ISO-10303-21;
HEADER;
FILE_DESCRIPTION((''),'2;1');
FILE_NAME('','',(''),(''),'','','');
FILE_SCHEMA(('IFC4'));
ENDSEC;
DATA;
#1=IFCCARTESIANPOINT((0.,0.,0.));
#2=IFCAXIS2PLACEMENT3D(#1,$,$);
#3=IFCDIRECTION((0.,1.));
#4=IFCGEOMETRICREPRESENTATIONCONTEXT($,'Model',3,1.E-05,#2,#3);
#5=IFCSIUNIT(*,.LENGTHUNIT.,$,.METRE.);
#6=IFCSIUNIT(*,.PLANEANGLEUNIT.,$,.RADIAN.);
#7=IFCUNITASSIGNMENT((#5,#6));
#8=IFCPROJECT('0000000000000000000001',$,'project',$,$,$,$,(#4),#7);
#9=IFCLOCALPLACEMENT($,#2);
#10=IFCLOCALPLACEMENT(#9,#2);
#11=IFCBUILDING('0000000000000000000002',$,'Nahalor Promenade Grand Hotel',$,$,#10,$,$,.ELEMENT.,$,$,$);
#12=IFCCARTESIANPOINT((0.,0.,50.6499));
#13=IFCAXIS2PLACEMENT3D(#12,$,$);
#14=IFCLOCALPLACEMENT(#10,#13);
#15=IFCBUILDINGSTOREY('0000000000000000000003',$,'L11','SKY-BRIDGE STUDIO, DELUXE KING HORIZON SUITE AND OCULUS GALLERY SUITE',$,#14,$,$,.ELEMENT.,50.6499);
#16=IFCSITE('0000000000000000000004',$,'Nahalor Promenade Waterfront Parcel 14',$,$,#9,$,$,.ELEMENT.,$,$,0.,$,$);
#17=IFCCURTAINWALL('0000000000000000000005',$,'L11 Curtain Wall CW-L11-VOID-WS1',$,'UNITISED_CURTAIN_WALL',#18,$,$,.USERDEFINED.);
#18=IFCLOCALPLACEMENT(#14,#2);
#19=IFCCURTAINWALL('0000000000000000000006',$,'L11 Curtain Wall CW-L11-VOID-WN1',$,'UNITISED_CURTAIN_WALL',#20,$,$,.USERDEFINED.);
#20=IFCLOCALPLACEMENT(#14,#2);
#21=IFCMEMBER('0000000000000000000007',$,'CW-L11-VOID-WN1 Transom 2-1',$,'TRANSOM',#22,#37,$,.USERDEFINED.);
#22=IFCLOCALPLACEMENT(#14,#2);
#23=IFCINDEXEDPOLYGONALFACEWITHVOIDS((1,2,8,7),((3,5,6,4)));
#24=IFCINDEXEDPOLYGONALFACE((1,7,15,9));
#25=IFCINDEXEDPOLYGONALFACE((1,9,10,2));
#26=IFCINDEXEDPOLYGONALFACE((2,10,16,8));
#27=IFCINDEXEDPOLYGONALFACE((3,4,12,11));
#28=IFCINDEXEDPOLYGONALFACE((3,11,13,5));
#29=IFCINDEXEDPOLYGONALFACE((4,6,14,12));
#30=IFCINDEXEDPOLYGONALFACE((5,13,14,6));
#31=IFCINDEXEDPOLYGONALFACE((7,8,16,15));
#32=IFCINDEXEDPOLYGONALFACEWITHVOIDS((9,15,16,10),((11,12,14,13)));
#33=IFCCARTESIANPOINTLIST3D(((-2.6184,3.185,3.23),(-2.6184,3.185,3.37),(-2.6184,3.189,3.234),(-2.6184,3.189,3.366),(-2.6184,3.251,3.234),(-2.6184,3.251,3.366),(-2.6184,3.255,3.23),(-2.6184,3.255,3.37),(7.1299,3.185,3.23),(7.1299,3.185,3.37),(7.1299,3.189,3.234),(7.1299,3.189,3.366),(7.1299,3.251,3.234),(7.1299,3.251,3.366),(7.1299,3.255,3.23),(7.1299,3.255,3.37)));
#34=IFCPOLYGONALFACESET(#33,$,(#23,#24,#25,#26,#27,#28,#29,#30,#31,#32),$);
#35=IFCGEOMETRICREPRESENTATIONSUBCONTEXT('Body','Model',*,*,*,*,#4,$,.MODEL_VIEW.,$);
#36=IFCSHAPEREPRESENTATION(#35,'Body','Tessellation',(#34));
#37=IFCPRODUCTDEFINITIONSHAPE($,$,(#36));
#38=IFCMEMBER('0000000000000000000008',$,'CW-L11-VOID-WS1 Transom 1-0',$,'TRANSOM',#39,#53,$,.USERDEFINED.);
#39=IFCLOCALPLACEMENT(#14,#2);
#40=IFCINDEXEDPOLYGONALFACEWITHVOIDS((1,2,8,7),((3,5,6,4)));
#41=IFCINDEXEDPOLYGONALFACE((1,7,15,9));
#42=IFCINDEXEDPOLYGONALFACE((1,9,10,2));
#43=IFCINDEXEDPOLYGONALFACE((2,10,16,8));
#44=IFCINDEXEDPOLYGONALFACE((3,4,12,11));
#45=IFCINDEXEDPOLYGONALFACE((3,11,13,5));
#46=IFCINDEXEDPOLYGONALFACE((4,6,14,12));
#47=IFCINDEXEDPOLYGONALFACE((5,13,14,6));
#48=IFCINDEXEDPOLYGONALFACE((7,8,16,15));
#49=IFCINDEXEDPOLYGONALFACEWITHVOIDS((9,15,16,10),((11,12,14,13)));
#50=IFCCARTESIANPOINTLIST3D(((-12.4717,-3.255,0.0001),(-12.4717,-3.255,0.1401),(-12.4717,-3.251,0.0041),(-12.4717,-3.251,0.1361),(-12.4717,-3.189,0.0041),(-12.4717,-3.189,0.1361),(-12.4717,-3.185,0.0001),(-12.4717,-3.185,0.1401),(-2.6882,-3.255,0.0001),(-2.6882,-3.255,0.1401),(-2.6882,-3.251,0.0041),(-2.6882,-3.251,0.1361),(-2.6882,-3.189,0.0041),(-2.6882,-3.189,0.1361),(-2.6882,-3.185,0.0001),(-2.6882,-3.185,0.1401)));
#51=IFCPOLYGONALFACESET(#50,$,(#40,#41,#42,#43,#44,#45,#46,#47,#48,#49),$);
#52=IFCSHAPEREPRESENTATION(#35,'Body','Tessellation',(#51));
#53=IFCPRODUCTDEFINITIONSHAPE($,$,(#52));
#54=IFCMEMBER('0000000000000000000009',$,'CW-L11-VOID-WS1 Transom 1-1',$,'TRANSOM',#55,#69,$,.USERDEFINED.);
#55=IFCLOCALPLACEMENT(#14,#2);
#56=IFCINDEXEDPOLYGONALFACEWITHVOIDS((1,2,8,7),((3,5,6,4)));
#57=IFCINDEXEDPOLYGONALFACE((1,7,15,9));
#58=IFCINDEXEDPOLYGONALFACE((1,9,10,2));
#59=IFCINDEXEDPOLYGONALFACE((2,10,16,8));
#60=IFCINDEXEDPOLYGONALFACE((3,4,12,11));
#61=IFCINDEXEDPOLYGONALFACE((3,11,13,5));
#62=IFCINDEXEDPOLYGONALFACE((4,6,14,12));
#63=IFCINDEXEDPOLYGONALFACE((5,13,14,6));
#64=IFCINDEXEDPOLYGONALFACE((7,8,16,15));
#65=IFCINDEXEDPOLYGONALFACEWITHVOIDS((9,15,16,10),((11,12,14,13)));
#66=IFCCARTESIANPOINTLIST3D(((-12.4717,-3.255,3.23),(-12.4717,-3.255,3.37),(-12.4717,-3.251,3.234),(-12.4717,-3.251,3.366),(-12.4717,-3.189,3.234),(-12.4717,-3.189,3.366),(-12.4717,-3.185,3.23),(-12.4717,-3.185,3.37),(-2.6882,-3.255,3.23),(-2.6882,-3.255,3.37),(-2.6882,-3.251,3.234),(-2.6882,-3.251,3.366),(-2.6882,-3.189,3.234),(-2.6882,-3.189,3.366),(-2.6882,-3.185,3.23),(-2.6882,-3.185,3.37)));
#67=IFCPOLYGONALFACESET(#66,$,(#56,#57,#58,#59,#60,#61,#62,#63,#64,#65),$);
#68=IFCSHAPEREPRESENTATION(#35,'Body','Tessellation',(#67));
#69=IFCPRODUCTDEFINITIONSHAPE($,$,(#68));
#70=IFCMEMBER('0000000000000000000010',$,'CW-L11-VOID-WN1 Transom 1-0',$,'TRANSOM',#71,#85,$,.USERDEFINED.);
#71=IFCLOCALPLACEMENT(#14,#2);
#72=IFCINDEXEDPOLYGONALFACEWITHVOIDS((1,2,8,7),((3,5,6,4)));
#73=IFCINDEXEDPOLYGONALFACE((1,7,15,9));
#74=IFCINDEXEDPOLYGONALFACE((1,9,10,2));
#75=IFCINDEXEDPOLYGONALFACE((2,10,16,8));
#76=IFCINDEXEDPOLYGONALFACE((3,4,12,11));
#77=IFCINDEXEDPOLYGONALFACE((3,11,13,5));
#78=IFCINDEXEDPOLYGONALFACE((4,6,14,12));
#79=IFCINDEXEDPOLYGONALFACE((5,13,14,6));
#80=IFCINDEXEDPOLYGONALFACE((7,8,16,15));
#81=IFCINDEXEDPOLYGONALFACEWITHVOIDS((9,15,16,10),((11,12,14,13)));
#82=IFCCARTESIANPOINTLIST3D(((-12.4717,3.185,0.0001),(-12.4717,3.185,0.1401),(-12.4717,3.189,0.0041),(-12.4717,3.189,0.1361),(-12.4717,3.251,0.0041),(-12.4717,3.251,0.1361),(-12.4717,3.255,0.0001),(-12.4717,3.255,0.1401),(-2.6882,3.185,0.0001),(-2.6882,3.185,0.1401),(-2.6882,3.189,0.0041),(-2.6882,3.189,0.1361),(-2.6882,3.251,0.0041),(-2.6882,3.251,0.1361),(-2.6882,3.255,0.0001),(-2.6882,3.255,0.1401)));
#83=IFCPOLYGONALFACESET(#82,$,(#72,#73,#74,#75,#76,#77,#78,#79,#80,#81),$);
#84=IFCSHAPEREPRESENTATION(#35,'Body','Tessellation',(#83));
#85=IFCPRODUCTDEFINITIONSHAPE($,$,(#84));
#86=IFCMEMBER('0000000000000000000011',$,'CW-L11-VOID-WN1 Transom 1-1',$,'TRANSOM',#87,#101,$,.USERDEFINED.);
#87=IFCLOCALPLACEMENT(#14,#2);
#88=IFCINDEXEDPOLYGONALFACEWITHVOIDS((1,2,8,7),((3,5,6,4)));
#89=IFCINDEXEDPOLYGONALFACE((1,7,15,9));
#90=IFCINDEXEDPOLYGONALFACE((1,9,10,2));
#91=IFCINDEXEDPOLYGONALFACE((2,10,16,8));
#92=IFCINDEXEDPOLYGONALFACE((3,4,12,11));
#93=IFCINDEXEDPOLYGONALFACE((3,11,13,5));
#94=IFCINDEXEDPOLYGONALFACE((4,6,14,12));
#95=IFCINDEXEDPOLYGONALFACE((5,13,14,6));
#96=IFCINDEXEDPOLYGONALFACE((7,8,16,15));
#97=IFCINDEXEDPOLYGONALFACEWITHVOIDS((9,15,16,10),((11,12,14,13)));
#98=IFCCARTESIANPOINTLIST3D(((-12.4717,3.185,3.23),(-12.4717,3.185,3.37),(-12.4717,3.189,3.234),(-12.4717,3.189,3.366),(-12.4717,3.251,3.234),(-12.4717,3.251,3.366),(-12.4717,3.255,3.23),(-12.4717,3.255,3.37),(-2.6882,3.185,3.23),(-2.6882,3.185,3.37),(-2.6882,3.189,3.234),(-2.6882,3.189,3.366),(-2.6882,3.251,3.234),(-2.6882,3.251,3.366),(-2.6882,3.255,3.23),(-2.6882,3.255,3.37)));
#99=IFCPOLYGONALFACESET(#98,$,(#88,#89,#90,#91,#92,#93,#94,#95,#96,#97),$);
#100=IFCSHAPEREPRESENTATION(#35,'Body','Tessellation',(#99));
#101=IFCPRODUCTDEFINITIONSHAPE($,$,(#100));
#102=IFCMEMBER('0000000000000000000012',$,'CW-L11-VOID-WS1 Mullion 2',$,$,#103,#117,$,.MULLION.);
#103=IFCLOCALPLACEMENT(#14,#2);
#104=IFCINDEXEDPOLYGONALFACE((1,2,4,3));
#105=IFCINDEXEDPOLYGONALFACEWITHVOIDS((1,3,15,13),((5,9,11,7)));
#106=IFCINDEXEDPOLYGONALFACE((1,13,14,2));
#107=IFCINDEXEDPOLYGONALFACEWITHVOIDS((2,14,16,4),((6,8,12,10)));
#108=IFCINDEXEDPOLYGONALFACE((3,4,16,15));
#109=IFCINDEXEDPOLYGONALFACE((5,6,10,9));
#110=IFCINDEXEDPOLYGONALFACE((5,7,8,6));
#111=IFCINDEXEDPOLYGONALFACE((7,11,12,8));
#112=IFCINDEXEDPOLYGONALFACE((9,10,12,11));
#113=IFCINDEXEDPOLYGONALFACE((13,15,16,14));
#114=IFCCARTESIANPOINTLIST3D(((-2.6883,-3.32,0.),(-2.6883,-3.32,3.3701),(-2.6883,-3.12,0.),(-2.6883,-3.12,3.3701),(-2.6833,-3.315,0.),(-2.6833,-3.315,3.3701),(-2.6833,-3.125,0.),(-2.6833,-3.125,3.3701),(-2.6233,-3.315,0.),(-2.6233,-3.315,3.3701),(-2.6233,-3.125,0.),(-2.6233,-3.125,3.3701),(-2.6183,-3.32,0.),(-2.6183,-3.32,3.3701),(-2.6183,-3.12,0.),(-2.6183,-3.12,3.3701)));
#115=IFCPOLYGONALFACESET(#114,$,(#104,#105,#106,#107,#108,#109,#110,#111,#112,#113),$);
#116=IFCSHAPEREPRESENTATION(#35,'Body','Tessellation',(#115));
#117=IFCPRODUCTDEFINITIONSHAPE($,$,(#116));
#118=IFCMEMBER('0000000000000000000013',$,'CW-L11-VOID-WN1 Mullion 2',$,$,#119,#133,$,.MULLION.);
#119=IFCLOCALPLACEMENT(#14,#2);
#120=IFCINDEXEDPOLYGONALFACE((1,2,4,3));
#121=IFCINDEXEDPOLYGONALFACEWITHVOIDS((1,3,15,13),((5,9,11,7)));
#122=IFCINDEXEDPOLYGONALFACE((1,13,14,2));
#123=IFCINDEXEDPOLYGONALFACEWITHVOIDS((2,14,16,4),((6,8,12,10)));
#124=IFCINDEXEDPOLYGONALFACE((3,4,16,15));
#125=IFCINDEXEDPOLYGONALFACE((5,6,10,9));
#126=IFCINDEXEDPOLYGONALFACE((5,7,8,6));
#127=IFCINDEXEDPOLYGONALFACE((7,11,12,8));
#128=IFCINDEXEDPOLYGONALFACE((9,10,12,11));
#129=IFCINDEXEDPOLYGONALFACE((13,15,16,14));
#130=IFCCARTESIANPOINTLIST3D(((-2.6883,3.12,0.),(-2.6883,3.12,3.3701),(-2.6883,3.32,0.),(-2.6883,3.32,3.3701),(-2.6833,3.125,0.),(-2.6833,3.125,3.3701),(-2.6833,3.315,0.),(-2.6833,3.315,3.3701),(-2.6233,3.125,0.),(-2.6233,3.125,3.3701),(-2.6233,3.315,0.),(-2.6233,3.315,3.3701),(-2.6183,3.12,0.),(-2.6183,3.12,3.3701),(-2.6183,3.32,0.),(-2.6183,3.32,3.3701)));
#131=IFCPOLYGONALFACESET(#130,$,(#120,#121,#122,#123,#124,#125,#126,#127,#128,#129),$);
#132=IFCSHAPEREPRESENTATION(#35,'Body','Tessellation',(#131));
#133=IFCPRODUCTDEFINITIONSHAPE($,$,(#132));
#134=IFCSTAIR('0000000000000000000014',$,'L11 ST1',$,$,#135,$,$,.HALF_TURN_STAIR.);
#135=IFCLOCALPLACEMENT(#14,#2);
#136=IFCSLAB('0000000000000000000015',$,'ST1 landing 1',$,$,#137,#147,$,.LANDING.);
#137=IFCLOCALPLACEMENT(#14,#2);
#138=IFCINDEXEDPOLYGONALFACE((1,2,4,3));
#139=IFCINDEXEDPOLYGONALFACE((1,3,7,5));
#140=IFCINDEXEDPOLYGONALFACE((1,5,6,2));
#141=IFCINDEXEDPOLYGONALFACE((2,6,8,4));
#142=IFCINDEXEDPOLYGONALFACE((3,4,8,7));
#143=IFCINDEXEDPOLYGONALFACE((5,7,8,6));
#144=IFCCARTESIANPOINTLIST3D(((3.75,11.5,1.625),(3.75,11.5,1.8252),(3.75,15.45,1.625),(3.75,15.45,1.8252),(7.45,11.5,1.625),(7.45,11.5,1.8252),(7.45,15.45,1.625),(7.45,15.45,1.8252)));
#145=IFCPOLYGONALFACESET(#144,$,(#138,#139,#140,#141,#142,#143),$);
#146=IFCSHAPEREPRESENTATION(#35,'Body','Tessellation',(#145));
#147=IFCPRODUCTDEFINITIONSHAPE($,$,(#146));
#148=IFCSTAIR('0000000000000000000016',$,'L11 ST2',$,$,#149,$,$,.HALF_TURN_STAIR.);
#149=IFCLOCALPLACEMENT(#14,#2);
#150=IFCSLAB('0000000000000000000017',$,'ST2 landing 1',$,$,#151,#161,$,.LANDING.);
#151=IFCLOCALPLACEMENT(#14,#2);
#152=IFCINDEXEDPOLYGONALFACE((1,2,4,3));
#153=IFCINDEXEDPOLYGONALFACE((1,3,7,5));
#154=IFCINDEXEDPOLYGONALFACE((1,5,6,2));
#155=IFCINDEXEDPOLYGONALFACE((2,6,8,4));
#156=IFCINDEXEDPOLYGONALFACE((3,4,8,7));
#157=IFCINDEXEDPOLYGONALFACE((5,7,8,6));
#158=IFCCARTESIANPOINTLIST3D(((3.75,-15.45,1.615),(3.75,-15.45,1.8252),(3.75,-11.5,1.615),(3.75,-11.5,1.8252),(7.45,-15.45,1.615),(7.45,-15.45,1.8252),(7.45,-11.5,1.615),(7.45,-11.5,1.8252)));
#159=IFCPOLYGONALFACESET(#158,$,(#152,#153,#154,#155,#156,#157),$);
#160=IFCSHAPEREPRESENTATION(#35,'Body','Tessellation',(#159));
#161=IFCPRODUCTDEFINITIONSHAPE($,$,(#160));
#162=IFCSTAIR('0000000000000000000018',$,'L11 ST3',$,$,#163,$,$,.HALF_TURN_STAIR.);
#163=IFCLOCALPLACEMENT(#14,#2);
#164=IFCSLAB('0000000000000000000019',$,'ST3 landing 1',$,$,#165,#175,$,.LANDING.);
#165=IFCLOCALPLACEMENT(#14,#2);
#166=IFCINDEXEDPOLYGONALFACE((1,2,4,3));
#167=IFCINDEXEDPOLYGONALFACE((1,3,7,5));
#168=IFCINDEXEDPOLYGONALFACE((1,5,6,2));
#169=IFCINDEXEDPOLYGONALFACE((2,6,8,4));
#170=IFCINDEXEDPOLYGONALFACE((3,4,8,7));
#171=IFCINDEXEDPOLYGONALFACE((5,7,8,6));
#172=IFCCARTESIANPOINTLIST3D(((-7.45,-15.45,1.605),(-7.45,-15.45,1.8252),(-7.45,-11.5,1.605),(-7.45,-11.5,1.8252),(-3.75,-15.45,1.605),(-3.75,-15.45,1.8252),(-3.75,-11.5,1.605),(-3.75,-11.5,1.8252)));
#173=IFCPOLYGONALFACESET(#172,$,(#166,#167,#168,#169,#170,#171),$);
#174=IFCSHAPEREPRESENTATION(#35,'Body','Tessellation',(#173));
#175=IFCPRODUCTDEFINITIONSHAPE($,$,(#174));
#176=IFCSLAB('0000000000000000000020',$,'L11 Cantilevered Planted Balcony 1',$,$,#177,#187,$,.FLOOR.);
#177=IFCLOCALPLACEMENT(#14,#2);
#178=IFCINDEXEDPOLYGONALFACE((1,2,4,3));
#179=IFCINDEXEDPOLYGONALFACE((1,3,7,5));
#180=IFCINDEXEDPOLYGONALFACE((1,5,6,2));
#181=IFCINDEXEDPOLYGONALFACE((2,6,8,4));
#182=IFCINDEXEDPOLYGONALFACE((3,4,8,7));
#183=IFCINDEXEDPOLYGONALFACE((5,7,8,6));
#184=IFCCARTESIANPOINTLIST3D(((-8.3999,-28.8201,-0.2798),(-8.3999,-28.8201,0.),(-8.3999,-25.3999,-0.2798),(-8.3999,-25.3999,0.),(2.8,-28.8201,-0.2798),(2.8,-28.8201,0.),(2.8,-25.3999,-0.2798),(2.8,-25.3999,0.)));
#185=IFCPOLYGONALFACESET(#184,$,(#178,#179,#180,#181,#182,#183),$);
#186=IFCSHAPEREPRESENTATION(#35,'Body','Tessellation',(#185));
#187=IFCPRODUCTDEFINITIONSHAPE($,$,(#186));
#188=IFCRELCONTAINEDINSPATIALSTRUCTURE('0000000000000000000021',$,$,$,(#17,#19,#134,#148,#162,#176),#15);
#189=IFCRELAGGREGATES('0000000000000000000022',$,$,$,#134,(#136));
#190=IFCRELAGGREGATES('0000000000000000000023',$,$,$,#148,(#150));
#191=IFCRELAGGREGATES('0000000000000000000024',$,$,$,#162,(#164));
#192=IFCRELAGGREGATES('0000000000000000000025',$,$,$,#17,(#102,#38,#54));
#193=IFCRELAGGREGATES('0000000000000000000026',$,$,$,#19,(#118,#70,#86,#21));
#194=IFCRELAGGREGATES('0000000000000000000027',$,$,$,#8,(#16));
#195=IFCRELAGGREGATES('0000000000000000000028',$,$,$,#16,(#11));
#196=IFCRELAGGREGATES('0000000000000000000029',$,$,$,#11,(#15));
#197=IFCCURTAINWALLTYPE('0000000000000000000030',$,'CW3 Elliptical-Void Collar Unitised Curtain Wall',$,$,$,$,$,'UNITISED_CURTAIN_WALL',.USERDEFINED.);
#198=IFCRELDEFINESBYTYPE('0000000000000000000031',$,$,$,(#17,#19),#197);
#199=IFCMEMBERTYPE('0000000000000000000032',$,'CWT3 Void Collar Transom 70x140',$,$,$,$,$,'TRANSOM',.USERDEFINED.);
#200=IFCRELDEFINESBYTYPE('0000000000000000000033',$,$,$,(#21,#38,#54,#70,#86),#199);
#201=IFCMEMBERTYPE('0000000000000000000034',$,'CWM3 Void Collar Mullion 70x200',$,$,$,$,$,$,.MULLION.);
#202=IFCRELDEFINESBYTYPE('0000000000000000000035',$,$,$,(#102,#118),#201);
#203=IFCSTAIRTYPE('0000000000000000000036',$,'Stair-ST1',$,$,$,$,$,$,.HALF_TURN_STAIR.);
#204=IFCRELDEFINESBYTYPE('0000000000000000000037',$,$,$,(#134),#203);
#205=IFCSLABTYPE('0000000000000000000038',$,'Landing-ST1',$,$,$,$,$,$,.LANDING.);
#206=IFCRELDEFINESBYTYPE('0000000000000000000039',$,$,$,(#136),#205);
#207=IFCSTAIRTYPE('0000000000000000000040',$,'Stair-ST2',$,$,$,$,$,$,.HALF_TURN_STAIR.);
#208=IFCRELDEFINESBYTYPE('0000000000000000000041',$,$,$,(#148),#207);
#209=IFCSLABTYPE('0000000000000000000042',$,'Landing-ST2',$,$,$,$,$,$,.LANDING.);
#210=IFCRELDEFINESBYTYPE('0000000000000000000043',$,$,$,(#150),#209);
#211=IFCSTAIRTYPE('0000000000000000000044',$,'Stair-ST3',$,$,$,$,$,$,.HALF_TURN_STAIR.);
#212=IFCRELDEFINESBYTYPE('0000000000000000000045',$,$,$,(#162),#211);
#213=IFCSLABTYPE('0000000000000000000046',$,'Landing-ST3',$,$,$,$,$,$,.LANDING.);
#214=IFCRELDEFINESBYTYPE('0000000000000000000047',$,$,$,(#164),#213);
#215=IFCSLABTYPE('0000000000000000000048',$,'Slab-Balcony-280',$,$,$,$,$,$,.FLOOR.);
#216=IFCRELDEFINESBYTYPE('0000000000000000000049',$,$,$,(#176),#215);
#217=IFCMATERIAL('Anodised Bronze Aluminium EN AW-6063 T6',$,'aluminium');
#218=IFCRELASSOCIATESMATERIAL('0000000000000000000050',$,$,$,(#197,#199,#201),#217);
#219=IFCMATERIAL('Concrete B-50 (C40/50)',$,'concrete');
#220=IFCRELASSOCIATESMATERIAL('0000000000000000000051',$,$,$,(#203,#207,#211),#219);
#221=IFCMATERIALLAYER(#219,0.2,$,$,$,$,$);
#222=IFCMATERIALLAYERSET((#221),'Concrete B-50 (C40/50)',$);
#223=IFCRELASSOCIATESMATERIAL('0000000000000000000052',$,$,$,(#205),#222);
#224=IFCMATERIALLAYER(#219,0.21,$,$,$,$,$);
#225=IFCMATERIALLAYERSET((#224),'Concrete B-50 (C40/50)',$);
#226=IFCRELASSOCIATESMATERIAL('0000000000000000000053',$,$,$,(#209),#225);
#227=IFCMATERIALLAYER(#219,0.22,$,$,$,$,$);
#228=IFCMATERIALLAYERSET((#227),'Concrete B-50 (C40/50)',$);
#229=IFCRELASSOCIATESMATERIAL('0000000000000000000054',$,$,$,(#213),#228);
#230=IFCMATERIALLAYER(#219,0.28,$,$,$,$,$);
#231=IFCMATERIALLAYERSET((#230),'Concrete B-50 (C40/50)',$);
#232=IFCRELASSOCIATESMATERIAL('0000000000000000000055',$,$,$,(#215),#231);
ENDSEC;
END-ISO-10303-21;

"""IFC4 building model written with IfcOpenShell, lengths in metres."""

from ifc_helpers import new_model, si_unit, direction, frame, origin, origin_2d, place, context, subcontext, project, spatial, polyline, hollow_rectangle, outline, extrude, source, transform, mapped, material, layer, layer_set, material_profile, profile_set, type_object, element, aggregate, save


model = new_model("IFC4")

# Units and contexts
model_context = context("Model", 3, precision=1e-05, world=origin(), true_north=direction((0.0, 1.0)))
body_context = subcontext(model_context, "Body", "Model", "MODEL_VIEW")
ifc_project = project(units=[si_unit("LENGTHUNIT", "METRE"), si_unit("PLANEANGLEUNIT", "RADIAN")], contexts=[model_context])

# Site, building, storey
site_placement = place(None, origin())
site = spatial("IfcSite", under=ifc_project, at=site_placement, Name="Nahalor Promenade Waterfront Parcel 14", CompositionType="ELEMENT", RefElevation=0.0)
building_placement = place(site_placement, origin())
building = spatial("IfcBuilding", under=site, at=building_placement, Name="Nahalor Promenade Grand Hotel", CompositionType="ELEMENT")
storey_placement = place(building_placement, frame((0.0, 0.0, 50.6499)))
storey = spatial("IfcBuildingStorey", under=building, at=storey_placement, Name="L11", Description="SKY-BRIDGE STUDIO, DELUXE KING HORIZON SUITE AND OCULUS GALLERY SUITE", CompositionType="ELEMENT", Elevation=50.6499)

# Curtain walls, member
ifc_material_1 = material(Name="Anodised Bronze Aluminium EN AW-6063 T6", Category="aluminium")
curtain_wall_type = type_object("IfcCurtainWallType", Name="CW3 Elliptical-Void Collar Unitised Curtain Wall", ElementType="UNITISED_CURTAIN_WALL", PredefinedType="USERDEFINED", material=ifc_material_1)
curtain_wall_1_placement = place(storey_placement, origin())
curtain_wall_1 = element("IfcCurtainWall", 1, at=curtain_wall_1_placement, inside=storey, type_object=curtain_wall_type, Name="L11 Curtain Wall CW-L11-VOID-WS1", ObjectType="UNITISED_CURTAIN_WALL", PredefinedType="USERDEFINED")
ifc_material_profile_1 = material_profile(ifc_material_1, hollow_rectangle(XDim=0.07, YDim=0.14, WallThickness=0.004, at=origin_2d()), Name="CWT 70x140x4")
ifc_profile_set_1 = profile_set([ifc_material_profile_1], Name="Anodised Bronze Aluminium EN AW-6063 T6")
member_type_1 = type_object("IfcMemberType", Name="CWT3 Void Collar Transom 70x140", ElementType="TRANSOM", PredefinedType="USERDEFINED", material=ifc_profile_set_1)
shared_shape_1 = source(origin(), body_context, "Body", "SweptSolid", [
    extrude(hollow_rectangle(XDim=0.07, YDim=0.14, WallThickness=0.004, at=origin_2d()), origin(), (0.0, 0.0, 1.0), 9.7483),
])
curtain_wall_2_placement = place(storey_placement, origin())
curtain_wall_2 = element("IfcCurtainWall", 2, at=curtain_wall_2_placement, inside=storey, type_object=curtain_wall_type, Name="L11 Curtain Wall CW-L11-VOID-WN1", ObjectType="UNITISED_CURTAIN_WALL", PredefinedType="USERDEFINED")
member_1_placement = place(storey_placement, frame((-2.6184, 3.22, 3.3), z_axis=(1.0, 0.0, 0.0), x_axis=(0.0, 1.0, 0.0)))
member_1 = element("IfcMember", 3, at=member_1_placement, type_object=member_type_1, Name="CW-L11-VOID-WN1 Transom 2-1", ObjectType="TRANSOM", PredefinedType="USERDEFINED", context=body_context, shape_type="MappedRepresentation", body=[
    mapped(shared_shape_1, transform((0.0, 0.0, 0.0), scale=1.0)),
])

# Members
shared_shape_2 = source(origin(), body_context, "Body", "SweptSolid", [
    extrude(hollow_rectangle(XDim=0.07, YDim=0.14, WallThickness=0.004, at=origin_2d()), origin(), (0.0, 0.0, 1.0), 9.7834),
])
member_2_placement = place(storey_placement, frame((-12.4717, -3.22, 0.0701), z_axis=(1.0, 0.0, 0.0), x_axis=(0.0, 1.0, 0.0)))
member_2 = element("IfcMember", 4, at=member_2_placement, type_object=member_type_1, Name="CW-L11-VOID-WS1 Transom 1-0", ObjectType="TRANSOM", PredefinedType="USERDEFINED", context=body_context, shape_type="MappedRepresentation", body=[
    mapped(shared_shape_2, transform((0.0, 0.0, 0.0), scale=1.0)),
])
member_3_placement = place(storey_placement, frame((-12.4717, -3.22, 3.3), z_axis=(1.0, 0.0, 0.0), x_axis=(0.0, 1.0, 0.0)))
member_3 = element("IfcMember", 5, at=member_3_placement, type_object=member_type_1, Name="CW-L11-VOID-WS1 Transom 1-1", ObjectType="TRANSOM", PredefinedType="USERDEFINED", context=body_context, shape_type="MappedRepresentation", body=[
    mapped(shared_shape_2, transform((0.0, 0.0, 0.0), scale=1.0)),
])
member_4_placement = place(storey_placement, frame((-12.4717, 3.22, 0.0701), z_axis=(1.0, 0.0, 0.0), x_axis=(0.0, 1.0, 0.0)))
member_4 = element("IfcMember", 6, at=member_4_placement, type_object=member_type_1, Name="CW-L11-VOID-WN1 Transom 1-0", ObjectType="TRANSOM", PredefinedType="USERDEFINED", context=body_context, shape_type="MappedRepresentation", body=[
    mapped(shared_shape_2, transform((0.0, 0.0, 0.0), scale=1.0)),
])
member_5_placement = place(storey_placement, frame((-12.4717, 3.22, 3.3), z_axis=(1.0, 0.0, 0.0), x_axis=(0.0, 1.0, 0.0)))
member_5 = element("IfcMember", 7, at=member_5_placement, type_object=member_type_1, Name="CW-L11-VOID-WN1 Transom 1-1", ObjectType="TRANSOM", PredefinedType="USERDEFINED", context=body_context, shape_type="MappedRepresentation", body=[
    mapped(shared_shape_2, transform((0.0, 0.0, 0.0), scale=1.0)),
])
ifc_material_profile_2 = material_profile(ifc_material_1, hollow_rectangle(XDim=0.07, YDim=0.2, WallThickness=0.005, at=origin_2d()), Name="CWM 70x200x5")
ifc_profile_set_2 = profile_set([ifc_material_profile_2], Name="Anodised Bronze Aluminium EN AW-6063 T6")
member_type_2 = type_object("IfcMemberType", Name="CWM3 Void Collar Mullion 70x200", PredefinedType="MULLION", material=ifc_profile_set_2)
shared_shape_3 = source(origin(), body_context, "Body", "SweptSolid", [
    extrude(hollow_rectangle(XDim=0.07, YDim=0.2, WallThickness=0.005, at=origin_2d()), origin(), (0.0, 0.0, 1.0), 3.3701),
])
member_6_placement = place(storey_placement, frame((-2.6533, -3.22, 0.0), z_axis=(0.0, 0.0, 1.0), x_axis=(1.0, 0.0, 0.0)))
member_6 = element("IfcMember", 8, at=member_6_placement, type_object=member_type_2, Name="CW-L11-VOID-WS1 Mullion 2", PredefinedType="MULLION", context=body_context, shape_type="MappedRepresentation", body=[
    mapped(shared_shape_3, transform((0.0, 0.0, 0.0), scale=1.0)),
])
member_7_placement = place(storey_placement, frame((-2.6533, 3.22, 0.0), z_axis=(0.0, 0.0, 1.0), x_axis=(1.0, 0.0, 0.0)))
member_7 = element("IfcMember", 9, at=member_7_placement, type_object=member_type_2, Name="CW-L11-VOID-WN1 Mullion 2", PredefinedType="MULLION", context=body_context, shape_type="MappedRepresentation", body=[
    mapped(shared_shape_3, transform((0.0, 0.0, 0.0), scale=1.0)),
])

# Stairs, slabs
ifc_material_2 = material(Name="Concrete B-50 (C40/50)", Category="concrete")
stair_type_1 = type_object("IfcStairType", Name="Stair-ST1", PredefinedType="HALF_TURN_STAIR", material=ifc_material_2)
stair_1_placement = place(storey_placement, origin())
stair_1 = element("IfcStair", 10, at=stair_1_placement, inside=storey, type_object=stair_type_1, Name="L11 ST1", PredefinedType="HALF_TURN_STAIR")
ifc_layer_1 = layer(ifc_material_2, 0.2)
ifc_layer_set_1 = layer_set([ifc_layer_1], Name="Concrete B-50 (C40/50)")
slab_type_1 = type_object("IfcSlabType", Name="Landing-ST1", PredefinedType="LANDING", material=ifc_layer_set_1)
slab_1_placement = place(storey_placement, frame((0.0, 0.0, 1.625)))
slab_1 = element("IfcSlab", 11, at=slab_1_placement, type_object=slab_type_1, Name="ST1 landing 1", PredefinedType="LANDING", context=body_context, shape_type="SweptSolid", body=[
    extrude(outline(polyline([(7.45, 11.5), (7.45, 15.45), (3.75, 15.45), (3.75, 11.5), (7.45, 11.5)])), origin(), (0.0, 0.0, 1.0), 0.2002),
])
aggregate(stair_1, [slab_1])
stair_type_2 = type_object("IfcStairType", Name="Stair-ST2", PredefinedType="HALF_TURN_STAIR", material=ifc_material_2)
stair_2_placement = place(storey_placement, origin())
stair_2 = element("IfcStair", 12, at=stair_2_placement, inside=storey, type_object=stair_type_2, Name="L11 ST2", PredefinedType="HALF_TURN_STAIR")
ifc_layer_2 = layer(ifc_material_2, 0.21)
ifc_layer_set_2 = layer_set([ifc_layer_2], Name="Concrete B-50 (C40/50)")
slab_type_2 = type_object("IfcSlabType", Name="Landing-ST2", PredefinedType="LANDING", material=ifc_layer_set_2)
slab_2_placement = place(storey_placement, frame((0.0, 0.0, 1.615)))
slab_2 = element("IfcSlab", 13, at=slab_2_placement, type_object=slab_type_2, Name="ST2 landing 1", PredefinedType="LANDING", context=body_context, shape_type="SweptSolid", body=[
    extrude(outline(polyline([(3.75, -11.5), (3.75, -15.45), (7.45, -15.45), (7.45, -11.5), (3.75, -11.5)])), origin(), (0.0, 0.0, 1.0), 0.2102),
])
aggregate(stair_2, [slab_2])
stair_type_3 = type_object("IfcStairType", Name="Stair-ST3", PredefinedType="HALF_TURN_STAIR", material=ifc_material_2)
stair_3_placement = place(storey_placement, origin())
stair_3 = element("IfcStair", 14, at=stair_3_placement, inside=storey, type_object=stair_type_3, Name="L11 ST3", PredefinedType="HALF_TURN_STAIR")
ifc_layer_3 = layer(ifc_material_2, 0.22)
ifc_layer_set_3 = layer_set([ifc_layer_3], Name="Concrete B-50 (C40/50)")
slab_type_3 = type_object("IfcSlabType", Name="Landing-ST3", PredefinedType="LANDING", material=ifc_layer_set_3)
slab_3_placement = place(storey_placement, frame((0.0, 0.0, 1.605)))
slab_3 = element("IfcSlab", 15, at=slab_3_placement, type_object=slab_type_3, Name="ST3 landing 1", PredefinedType="LANDING", context=body_context, shape_type="SweptSolid", body=[
    extrude(outline(polyline([(-7.45, -11.5), (-7.45, -15.45), (-3.75, -15.45), (-3.75, -11.5), (-7.45, -11.5)])), origin(), (0.0, 0.0, 1.0), 0.2202),
])
aggregate(stair_3, [slab_3])

# Slab
ifc_layer_4 = layer(ifc_material_2, 0.28)
ifc_layer_set_4 = layer_set([ifc_layer_4], Name="Concrete B-50 (C40/50)")
slab_type_4 = type_object("IfcSlabType", Name="Slab-Balcony-280", PredefinedType="FLOOR", material=ifc_layer_set_4)
slab_4_placement = place(storey_placement, frame((0.0, 0.0, -0.2798)))
element("IfcSlab", 16, at=slab_4_placement, inside=storey, type_object=slab_type_4, Name="L11 Cantilevered Planted Balcony 1", PredefinedType="FLOOR", context=body_context, shape_type="SweptSolid", body=[
    extrude(outline(polyline([(-8.3999, -28.8201), (2.8, -28.8201), (2.8, -25.3999), (-8.3999, -25.3999), (-8.3999, -28.8201)])), origin(), (0.0, 0.0, 1.0), 0.2798),
])

aggregate(curtain_wall_1, [member_6, member_2, member_3])
aggregate(curtain_wall_2, [member_7, member_4, member_5, member_1])

save(model, "model.ifc")
